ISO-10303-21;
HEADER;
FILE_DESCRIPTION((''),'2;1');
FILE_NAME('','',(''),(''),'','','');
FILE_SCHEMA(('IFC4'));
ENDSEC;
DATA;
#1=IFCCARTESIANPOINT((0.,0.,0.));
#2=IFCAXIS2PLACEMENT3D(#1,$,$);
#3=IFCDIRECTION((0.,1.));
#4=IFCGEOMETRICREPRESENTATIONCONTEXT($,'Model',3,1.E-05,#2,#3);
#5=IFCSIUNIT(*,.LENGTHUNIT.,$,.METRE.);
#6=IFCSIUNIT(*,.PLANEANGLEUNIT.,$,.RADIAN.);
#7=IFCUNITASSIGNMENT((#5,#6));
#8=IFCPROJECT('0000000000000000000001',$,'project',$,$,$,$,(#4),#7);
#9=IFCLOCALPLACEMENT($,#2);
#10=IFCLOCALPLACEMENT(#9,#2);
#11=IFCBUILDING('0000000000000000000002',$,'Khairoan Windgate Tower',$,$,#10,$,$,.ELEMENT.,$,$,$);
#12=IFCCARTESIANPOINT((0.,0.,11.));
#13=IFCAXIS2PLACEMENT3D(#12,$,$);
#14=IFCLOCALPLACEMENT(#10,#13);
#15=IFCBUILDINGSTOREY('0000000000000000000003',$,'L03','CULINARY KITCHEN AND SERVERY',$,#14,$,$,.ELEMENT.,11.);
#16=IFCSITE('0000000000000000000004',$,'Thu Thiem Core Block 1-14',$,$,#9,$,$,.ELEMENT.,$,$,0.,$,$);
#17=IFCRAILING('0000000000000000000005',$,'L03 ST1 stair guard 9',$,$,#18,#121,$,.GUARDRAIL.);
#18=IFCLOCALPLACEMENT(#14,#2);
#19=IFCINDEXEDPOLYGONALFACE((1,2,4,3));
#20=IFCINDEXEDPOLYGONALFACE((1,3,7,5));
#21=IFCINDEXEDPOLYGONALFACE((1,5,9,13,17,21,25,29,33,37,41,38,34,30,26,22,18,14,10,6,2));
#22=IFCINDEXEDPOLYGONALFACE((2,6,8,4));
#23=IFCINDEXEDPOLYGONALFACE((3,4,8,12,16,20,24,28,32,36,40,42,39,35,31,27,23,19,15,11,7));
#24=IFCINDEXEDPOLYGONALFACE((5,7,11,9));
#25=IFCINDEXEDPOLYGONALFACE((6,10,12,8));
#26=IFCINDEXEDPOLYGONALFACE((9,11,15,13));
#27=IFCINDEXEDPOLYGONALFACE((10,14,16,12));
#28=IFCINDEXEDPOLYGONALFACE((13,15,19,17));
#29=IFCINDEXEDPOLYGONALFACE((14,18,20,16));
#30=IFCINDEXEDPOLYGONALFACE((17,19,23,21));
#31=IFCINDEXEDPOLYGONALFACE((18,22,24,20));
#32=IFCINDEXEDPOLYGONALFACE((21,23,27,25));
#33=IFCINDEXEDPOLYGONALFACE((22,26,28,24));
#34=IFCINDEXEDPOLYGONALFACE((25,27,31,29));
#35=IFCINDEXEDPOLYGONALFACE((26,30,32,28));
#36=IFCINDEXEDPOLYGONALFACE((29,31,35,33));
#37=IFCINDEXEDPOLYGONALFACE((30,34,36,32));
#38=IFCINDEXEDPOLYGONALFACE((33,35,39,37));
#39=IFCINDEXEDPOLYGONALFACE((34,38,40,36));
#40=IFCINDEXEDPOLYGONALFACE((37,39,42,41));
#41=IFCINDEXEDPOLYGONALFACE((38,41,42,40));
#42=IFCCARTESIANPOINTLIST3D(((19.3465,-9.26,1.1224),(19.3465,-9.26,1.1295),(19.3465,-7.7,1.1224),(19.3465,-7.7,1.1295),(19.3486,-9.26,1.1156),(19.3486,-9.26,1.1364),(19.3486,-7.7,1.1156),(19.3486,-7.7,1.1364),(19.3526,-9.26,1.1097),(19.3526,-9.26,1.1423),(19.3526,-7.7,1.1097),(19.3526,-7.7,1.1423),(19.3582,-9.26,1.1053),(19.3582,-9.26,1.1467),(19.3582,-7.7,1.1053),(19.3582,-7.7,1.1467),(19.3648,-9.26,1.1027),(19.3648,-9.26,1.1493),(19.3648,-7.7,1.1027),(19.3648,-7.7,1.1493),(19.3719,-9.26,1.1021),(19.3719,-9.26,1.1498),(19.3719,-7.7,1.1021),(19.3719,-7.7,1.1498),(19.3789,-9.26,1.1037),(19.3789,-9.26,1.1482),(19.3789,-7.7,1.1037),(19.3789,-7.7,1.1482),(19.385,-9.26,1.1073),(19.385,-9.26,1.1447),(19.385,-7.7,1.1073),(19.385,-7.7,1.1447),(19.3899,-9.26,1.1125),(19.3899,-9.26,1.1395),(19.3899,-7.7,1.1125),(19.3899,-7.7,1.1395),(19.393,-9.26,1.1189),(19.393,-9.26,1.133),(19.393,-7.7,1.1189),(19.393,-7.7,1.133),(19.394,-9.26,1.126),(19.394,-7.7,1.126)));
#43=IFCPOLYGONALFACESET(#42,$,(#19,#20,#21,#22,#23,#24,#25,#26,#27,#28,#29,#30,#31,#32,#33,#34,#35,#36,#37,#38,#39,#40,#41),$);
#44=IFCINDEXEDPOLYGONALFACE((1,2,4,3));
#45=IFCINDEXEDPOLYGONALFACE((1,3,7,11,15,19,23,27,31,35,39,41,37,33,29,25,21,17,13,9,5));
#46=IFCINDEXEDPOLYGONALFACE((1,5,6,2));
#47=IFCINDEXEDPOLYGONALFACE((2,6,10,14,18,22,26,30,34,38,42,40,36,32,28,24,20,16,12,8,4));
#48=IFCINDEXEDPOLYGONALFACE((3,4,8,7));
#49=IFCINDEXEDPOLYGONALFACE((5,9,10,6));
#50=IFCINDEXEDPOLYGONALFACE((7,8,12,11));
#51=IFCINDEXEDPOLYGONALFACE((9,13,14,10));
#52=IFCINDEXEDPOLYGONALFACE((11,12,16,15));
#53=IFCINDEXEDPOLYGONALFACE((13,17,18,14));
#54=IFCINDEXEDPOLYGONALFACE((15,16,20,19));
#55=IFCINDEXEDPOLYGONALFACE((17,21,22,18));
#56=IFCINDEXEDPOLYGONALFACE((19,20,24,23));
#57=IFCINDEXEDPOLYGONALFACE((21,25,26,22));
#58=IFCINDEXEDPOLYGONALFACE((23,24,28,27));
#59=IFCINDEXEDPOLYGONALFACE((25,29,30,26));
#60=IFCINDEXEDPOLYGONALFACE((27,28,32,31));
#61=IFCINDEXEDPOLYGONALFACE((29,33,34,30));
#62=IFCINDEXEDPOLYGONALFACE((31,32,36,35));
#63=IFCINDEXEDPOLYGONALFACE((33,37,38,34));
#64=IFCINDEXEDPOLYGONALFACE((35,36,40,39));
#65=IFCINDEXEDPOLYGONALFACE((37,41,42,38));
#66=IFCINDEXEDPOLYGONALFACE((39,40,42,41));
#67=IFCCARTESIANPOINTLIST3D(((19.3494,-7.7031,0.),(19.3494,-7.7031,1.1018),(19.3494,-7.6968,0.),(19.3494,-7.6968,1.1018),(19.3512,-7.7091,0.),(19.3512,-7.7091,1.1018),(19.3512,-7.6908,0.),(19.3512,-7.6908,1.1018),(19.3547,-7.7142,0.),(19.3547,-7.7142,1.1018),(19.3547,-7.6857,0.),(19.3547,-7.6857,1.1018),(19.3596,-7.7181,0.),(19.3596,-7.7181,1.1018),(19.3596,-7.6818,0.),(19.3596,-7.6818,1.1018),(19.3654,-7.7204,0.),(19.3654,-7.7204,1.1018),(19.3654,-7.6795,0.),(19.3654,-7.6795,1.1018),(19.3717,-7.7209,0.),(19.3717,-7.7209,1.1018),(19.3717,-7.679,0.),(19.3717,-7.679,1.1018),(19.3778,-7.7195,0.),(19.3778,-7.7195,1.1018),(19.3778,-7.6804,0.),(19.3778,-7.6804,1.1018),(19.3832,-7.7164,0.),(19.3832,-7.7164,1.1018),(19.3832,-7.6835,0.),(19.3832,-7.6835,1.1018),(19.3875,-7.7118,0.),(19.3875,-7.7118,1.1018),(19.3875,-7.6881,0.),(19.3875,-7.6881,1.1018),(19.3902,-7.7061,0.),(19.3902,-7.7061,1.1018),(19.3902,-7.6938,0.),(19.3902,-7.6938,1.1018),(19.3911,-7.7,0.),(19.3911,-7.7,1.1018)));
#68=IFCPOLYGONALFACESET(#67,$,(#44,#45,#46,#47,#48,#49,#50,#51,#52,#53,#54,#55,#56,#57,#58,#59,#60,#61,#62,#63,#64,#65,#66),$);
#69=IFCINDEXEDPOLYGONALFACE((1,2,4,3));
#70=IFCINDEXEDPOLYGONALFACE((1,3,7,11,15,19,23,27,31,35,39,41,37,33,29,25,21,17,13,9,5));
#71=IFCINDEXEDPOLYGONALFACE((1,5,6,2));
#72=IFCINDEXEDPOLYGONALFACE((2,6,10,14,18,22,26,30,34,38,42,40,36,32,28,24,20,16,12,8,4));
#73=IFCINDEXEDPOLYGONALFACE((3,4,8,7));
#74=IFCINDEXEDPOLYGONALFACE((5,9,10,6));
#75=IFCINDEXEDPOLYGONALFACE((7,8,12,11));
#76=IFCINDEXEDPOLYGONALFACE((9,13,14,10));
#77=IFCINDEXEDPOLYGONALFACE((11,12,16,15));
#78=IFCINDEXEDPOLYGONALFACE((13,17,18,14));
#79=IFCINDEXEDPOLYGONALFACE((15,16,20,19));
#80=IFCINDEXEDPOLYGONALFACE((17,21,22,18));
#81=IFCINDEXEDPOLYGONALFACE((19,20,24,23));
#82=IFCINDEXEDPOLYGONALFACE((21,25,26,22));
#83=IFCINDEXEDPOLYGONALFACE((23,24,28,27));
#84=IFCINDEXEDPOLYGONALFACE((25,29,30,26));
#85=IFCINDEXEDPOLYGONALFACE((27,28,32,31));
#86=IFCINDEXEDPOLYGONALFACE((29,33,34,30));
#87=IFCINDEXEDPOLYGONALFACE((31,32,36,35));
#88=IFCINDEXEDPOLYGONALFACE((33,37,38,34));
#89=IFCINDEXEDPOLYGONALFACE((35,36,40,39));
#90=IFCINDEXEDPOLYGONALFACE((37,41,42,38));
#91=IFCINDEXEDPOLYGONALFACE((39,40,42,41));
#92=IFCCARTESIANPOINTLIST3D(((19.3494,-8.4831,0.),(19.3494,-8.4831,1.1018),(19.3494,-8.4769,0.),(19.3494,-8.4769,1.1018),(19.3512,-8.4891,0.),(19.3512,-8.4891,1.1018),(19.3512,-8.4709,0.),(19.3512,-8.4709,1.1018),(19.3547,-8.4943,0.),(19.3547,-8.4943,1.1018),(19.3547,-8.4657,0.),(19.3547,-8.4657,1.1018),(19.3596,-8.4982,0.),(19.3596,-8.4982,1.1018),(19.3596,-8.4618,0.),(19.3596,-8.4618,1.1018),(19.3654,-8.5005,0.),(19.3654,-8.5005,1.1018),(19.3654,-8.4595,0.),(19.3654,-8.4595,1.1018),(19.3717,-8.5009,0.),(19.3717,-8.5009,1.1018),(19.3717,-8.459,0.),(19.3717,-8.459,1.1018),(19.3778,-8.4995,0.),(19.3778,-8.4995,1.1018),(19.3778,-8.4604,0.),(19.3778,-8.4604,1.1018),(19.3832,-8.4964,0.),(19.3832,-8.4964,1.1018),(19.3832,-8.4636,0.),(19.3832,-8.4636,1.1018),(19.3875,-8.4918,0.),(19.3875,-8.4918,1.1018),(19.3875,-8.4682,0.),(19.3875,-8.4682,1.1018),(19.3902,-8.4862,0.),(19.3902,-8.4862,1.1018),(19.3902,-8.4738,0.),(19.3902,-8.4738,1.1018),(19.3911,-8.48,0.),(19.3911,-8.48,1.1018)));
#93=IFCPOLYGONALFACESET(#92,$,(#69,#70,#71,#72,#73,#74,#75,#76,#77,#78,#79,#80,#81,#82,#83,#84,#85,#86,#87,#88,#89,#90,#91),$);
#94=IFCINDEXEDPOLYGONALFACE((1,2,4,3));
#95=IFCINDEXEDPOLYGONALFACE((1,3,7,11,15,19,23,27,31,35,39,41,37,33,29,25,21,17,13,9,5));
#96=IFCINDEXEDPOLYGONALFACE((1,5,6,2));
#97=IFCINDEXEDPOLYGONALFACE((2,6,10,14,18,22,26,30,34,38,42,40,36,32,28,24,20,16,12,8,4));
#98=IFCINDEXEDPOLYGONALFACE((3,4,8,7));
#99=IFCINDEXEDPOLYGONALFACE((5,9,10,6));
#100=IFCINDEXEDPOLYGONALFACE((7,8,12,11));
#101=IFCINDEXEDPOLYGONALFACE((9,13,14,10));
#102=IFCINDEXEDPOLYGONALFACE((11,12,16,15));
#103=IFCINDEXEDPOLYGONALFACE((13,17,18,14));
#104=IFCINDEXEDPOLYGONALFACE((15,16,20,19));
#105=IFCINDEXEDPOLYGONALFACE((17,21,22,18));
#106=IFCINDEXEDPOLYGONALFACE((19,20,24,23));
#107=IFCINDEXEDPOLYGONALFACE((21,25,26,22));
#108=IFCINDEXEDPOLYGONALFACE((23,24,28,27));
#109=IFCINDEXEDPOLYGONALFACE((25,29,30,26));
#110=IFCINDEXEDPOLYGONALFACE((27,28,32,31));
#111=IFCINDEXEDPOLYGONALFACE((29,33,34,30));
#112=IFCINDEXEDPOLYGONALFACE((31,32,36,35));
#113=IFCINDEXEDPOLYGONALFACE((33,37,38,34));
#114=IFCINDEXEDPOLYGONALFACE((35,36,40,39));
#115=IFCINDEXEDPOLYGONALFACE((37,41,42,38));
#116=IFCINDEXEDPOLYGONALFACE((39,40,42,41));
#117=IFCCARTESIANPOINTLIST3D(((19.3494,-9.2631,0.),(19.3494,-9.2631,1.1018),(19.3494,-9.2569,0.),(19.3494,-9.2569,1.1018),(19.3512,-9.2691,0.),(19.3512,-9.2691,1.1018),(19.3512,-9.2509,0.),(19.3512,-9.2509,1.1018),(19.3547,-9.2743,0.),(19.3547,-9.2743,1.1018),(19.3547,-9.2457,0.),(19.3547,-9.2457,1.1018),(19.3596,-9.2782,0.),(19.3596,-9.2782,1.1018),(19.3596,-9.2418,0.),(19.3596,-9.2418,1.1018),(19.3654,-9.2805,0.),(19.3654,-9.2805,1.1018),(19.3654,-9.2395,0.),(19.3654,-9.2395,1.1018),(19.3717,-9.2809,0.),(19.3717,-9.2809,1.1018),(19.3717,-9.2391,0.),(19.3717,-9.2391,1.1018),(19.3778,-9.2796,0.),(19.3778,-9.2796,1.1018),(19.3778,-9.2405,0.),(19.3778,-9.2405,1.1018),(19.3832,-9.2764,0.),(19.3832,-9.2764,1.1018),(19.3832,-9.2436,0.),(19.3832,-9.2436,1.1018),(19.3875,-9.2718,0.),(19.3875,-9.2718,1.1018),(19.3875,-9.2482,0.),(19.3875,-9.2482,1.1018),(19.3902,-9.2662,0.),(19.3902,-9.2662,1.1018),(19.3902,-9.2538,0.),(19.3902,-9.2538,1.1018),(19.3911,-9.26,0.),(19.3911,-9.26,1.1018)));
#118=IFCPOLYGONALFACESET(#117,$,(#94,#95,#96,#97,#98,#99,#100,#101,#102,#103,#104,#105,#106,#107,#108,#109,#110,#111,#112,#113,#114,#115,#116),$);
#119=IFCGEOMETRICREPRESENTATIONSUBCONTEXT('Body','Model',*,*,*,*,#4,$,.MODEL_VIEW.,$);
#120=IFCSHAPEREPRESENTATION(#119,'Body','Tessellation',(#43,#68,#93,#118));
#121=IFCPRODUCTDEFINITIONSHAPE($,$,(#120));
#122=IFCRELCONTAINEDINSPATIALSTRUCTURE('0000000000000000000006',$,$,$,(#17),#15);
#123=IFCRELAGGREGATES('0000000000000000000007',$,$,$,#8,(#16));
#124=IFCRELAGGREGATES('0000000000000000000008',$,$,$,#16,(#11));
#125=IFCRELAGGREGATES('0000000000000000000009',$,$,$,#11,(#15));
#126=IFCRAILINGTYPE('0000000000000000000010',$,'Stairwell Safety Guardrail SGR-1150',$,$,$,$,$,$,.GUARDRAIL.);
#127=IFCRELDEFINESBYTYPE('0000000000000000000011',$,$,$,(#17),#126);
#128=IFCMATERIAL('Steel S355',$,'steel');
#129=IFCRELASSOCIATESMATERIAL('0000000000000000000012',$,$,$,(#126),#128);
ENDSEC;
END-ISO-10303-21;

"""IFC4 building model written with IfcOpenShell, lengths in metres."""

from ifc_helpers import new_model, si_unit, direction, frame, origin, origin_2d, place, context, subcontext, project, spatial, circle, extrude, material, type_object, element, save


model = new_model("IFC4")

# Units and contexts
model_context = context("Model", 3, precision=1e-05, world=origin(), true_north=direction((0.0, 1.0)))
body_context = subcontext(model_context, "Body", "Model", "MODEL_VIEW")
ifc_project = project(units=[si_unit("LENGTHUNIT", "METRE"), si_unit("PLANEANGLEUNIT", "RADIAN")], contexts=[model_context])

# Site, building, storey
site_placement = place(None, origin())
site = spatial("IfcSite", under=ifc_project, at=site_placement, Name="Thu Thiem Core Block 1-14", CompositionType="ELEMENT", RefElevation=0.0)
building_placement = place(site_placement, origin())
building = spatial("IfcBuilding", under=site, at=building_placement, Name="Khairoan Windgate Tower", CompositionType="ELEMENT")
storey_placement = place(building_placement, frame((0.0, 0.0, 11.0)))
storey = spatial("IfcBuildingStorey", under=building, at=storey_placement, Name="L03", Description="CULINARY KITCHEN AND SERVERY", CompositionType="ELEMENT", Elevation=11.0)

# Railing
ifc_material_1 = material(Name="Steel S355", Category="steel")
railing_type_1 = type_object("IfcRailingType", Name="Stairwell Safety Guardrail SGR-1150", PredefinedType="GUARDRAIL", material=ifc_material_1)
for number, where, name in (
    (1, (19.3701, -7.7, 0.0), "L03 ST1 stair guard 9"),
):
    element("IfcRailing", number, at=place(storey_placement, frame(where)), inside=storey, type_object=railing_type_1, Name=name, PredefinedType="GUARDRAIL", context=body_context, shape_type="SweptSolid", body=[
        extrude(circle(Radius=0.0239, at=origin_2d()), frame((0.0, 0.0, 1.126), z_axis=(0.0, -1.0, 0.0), x_axis=(1.0, 0.0, 0.0)), (0.0, 0.0, 1.0), 1.5601),
        extrude(circle(Radius=0.021, at=origin_2d()), origin(), (0.0, 0.0, 1.0), 1.1018),
        extrude(circle(Radius=0.021, at=origin_2d()), frame((0.0, -0.78, 0.0)), (0.0, 0.0, 1.0), 1.1018),
        extrude(circle(Radius=0.021, at=origin_2d()), frame((0.0, -1.5601, 0.0)), (0.0, 0.0, 1.0), 1.1018),
    ])

save(model, "model.ifc")
